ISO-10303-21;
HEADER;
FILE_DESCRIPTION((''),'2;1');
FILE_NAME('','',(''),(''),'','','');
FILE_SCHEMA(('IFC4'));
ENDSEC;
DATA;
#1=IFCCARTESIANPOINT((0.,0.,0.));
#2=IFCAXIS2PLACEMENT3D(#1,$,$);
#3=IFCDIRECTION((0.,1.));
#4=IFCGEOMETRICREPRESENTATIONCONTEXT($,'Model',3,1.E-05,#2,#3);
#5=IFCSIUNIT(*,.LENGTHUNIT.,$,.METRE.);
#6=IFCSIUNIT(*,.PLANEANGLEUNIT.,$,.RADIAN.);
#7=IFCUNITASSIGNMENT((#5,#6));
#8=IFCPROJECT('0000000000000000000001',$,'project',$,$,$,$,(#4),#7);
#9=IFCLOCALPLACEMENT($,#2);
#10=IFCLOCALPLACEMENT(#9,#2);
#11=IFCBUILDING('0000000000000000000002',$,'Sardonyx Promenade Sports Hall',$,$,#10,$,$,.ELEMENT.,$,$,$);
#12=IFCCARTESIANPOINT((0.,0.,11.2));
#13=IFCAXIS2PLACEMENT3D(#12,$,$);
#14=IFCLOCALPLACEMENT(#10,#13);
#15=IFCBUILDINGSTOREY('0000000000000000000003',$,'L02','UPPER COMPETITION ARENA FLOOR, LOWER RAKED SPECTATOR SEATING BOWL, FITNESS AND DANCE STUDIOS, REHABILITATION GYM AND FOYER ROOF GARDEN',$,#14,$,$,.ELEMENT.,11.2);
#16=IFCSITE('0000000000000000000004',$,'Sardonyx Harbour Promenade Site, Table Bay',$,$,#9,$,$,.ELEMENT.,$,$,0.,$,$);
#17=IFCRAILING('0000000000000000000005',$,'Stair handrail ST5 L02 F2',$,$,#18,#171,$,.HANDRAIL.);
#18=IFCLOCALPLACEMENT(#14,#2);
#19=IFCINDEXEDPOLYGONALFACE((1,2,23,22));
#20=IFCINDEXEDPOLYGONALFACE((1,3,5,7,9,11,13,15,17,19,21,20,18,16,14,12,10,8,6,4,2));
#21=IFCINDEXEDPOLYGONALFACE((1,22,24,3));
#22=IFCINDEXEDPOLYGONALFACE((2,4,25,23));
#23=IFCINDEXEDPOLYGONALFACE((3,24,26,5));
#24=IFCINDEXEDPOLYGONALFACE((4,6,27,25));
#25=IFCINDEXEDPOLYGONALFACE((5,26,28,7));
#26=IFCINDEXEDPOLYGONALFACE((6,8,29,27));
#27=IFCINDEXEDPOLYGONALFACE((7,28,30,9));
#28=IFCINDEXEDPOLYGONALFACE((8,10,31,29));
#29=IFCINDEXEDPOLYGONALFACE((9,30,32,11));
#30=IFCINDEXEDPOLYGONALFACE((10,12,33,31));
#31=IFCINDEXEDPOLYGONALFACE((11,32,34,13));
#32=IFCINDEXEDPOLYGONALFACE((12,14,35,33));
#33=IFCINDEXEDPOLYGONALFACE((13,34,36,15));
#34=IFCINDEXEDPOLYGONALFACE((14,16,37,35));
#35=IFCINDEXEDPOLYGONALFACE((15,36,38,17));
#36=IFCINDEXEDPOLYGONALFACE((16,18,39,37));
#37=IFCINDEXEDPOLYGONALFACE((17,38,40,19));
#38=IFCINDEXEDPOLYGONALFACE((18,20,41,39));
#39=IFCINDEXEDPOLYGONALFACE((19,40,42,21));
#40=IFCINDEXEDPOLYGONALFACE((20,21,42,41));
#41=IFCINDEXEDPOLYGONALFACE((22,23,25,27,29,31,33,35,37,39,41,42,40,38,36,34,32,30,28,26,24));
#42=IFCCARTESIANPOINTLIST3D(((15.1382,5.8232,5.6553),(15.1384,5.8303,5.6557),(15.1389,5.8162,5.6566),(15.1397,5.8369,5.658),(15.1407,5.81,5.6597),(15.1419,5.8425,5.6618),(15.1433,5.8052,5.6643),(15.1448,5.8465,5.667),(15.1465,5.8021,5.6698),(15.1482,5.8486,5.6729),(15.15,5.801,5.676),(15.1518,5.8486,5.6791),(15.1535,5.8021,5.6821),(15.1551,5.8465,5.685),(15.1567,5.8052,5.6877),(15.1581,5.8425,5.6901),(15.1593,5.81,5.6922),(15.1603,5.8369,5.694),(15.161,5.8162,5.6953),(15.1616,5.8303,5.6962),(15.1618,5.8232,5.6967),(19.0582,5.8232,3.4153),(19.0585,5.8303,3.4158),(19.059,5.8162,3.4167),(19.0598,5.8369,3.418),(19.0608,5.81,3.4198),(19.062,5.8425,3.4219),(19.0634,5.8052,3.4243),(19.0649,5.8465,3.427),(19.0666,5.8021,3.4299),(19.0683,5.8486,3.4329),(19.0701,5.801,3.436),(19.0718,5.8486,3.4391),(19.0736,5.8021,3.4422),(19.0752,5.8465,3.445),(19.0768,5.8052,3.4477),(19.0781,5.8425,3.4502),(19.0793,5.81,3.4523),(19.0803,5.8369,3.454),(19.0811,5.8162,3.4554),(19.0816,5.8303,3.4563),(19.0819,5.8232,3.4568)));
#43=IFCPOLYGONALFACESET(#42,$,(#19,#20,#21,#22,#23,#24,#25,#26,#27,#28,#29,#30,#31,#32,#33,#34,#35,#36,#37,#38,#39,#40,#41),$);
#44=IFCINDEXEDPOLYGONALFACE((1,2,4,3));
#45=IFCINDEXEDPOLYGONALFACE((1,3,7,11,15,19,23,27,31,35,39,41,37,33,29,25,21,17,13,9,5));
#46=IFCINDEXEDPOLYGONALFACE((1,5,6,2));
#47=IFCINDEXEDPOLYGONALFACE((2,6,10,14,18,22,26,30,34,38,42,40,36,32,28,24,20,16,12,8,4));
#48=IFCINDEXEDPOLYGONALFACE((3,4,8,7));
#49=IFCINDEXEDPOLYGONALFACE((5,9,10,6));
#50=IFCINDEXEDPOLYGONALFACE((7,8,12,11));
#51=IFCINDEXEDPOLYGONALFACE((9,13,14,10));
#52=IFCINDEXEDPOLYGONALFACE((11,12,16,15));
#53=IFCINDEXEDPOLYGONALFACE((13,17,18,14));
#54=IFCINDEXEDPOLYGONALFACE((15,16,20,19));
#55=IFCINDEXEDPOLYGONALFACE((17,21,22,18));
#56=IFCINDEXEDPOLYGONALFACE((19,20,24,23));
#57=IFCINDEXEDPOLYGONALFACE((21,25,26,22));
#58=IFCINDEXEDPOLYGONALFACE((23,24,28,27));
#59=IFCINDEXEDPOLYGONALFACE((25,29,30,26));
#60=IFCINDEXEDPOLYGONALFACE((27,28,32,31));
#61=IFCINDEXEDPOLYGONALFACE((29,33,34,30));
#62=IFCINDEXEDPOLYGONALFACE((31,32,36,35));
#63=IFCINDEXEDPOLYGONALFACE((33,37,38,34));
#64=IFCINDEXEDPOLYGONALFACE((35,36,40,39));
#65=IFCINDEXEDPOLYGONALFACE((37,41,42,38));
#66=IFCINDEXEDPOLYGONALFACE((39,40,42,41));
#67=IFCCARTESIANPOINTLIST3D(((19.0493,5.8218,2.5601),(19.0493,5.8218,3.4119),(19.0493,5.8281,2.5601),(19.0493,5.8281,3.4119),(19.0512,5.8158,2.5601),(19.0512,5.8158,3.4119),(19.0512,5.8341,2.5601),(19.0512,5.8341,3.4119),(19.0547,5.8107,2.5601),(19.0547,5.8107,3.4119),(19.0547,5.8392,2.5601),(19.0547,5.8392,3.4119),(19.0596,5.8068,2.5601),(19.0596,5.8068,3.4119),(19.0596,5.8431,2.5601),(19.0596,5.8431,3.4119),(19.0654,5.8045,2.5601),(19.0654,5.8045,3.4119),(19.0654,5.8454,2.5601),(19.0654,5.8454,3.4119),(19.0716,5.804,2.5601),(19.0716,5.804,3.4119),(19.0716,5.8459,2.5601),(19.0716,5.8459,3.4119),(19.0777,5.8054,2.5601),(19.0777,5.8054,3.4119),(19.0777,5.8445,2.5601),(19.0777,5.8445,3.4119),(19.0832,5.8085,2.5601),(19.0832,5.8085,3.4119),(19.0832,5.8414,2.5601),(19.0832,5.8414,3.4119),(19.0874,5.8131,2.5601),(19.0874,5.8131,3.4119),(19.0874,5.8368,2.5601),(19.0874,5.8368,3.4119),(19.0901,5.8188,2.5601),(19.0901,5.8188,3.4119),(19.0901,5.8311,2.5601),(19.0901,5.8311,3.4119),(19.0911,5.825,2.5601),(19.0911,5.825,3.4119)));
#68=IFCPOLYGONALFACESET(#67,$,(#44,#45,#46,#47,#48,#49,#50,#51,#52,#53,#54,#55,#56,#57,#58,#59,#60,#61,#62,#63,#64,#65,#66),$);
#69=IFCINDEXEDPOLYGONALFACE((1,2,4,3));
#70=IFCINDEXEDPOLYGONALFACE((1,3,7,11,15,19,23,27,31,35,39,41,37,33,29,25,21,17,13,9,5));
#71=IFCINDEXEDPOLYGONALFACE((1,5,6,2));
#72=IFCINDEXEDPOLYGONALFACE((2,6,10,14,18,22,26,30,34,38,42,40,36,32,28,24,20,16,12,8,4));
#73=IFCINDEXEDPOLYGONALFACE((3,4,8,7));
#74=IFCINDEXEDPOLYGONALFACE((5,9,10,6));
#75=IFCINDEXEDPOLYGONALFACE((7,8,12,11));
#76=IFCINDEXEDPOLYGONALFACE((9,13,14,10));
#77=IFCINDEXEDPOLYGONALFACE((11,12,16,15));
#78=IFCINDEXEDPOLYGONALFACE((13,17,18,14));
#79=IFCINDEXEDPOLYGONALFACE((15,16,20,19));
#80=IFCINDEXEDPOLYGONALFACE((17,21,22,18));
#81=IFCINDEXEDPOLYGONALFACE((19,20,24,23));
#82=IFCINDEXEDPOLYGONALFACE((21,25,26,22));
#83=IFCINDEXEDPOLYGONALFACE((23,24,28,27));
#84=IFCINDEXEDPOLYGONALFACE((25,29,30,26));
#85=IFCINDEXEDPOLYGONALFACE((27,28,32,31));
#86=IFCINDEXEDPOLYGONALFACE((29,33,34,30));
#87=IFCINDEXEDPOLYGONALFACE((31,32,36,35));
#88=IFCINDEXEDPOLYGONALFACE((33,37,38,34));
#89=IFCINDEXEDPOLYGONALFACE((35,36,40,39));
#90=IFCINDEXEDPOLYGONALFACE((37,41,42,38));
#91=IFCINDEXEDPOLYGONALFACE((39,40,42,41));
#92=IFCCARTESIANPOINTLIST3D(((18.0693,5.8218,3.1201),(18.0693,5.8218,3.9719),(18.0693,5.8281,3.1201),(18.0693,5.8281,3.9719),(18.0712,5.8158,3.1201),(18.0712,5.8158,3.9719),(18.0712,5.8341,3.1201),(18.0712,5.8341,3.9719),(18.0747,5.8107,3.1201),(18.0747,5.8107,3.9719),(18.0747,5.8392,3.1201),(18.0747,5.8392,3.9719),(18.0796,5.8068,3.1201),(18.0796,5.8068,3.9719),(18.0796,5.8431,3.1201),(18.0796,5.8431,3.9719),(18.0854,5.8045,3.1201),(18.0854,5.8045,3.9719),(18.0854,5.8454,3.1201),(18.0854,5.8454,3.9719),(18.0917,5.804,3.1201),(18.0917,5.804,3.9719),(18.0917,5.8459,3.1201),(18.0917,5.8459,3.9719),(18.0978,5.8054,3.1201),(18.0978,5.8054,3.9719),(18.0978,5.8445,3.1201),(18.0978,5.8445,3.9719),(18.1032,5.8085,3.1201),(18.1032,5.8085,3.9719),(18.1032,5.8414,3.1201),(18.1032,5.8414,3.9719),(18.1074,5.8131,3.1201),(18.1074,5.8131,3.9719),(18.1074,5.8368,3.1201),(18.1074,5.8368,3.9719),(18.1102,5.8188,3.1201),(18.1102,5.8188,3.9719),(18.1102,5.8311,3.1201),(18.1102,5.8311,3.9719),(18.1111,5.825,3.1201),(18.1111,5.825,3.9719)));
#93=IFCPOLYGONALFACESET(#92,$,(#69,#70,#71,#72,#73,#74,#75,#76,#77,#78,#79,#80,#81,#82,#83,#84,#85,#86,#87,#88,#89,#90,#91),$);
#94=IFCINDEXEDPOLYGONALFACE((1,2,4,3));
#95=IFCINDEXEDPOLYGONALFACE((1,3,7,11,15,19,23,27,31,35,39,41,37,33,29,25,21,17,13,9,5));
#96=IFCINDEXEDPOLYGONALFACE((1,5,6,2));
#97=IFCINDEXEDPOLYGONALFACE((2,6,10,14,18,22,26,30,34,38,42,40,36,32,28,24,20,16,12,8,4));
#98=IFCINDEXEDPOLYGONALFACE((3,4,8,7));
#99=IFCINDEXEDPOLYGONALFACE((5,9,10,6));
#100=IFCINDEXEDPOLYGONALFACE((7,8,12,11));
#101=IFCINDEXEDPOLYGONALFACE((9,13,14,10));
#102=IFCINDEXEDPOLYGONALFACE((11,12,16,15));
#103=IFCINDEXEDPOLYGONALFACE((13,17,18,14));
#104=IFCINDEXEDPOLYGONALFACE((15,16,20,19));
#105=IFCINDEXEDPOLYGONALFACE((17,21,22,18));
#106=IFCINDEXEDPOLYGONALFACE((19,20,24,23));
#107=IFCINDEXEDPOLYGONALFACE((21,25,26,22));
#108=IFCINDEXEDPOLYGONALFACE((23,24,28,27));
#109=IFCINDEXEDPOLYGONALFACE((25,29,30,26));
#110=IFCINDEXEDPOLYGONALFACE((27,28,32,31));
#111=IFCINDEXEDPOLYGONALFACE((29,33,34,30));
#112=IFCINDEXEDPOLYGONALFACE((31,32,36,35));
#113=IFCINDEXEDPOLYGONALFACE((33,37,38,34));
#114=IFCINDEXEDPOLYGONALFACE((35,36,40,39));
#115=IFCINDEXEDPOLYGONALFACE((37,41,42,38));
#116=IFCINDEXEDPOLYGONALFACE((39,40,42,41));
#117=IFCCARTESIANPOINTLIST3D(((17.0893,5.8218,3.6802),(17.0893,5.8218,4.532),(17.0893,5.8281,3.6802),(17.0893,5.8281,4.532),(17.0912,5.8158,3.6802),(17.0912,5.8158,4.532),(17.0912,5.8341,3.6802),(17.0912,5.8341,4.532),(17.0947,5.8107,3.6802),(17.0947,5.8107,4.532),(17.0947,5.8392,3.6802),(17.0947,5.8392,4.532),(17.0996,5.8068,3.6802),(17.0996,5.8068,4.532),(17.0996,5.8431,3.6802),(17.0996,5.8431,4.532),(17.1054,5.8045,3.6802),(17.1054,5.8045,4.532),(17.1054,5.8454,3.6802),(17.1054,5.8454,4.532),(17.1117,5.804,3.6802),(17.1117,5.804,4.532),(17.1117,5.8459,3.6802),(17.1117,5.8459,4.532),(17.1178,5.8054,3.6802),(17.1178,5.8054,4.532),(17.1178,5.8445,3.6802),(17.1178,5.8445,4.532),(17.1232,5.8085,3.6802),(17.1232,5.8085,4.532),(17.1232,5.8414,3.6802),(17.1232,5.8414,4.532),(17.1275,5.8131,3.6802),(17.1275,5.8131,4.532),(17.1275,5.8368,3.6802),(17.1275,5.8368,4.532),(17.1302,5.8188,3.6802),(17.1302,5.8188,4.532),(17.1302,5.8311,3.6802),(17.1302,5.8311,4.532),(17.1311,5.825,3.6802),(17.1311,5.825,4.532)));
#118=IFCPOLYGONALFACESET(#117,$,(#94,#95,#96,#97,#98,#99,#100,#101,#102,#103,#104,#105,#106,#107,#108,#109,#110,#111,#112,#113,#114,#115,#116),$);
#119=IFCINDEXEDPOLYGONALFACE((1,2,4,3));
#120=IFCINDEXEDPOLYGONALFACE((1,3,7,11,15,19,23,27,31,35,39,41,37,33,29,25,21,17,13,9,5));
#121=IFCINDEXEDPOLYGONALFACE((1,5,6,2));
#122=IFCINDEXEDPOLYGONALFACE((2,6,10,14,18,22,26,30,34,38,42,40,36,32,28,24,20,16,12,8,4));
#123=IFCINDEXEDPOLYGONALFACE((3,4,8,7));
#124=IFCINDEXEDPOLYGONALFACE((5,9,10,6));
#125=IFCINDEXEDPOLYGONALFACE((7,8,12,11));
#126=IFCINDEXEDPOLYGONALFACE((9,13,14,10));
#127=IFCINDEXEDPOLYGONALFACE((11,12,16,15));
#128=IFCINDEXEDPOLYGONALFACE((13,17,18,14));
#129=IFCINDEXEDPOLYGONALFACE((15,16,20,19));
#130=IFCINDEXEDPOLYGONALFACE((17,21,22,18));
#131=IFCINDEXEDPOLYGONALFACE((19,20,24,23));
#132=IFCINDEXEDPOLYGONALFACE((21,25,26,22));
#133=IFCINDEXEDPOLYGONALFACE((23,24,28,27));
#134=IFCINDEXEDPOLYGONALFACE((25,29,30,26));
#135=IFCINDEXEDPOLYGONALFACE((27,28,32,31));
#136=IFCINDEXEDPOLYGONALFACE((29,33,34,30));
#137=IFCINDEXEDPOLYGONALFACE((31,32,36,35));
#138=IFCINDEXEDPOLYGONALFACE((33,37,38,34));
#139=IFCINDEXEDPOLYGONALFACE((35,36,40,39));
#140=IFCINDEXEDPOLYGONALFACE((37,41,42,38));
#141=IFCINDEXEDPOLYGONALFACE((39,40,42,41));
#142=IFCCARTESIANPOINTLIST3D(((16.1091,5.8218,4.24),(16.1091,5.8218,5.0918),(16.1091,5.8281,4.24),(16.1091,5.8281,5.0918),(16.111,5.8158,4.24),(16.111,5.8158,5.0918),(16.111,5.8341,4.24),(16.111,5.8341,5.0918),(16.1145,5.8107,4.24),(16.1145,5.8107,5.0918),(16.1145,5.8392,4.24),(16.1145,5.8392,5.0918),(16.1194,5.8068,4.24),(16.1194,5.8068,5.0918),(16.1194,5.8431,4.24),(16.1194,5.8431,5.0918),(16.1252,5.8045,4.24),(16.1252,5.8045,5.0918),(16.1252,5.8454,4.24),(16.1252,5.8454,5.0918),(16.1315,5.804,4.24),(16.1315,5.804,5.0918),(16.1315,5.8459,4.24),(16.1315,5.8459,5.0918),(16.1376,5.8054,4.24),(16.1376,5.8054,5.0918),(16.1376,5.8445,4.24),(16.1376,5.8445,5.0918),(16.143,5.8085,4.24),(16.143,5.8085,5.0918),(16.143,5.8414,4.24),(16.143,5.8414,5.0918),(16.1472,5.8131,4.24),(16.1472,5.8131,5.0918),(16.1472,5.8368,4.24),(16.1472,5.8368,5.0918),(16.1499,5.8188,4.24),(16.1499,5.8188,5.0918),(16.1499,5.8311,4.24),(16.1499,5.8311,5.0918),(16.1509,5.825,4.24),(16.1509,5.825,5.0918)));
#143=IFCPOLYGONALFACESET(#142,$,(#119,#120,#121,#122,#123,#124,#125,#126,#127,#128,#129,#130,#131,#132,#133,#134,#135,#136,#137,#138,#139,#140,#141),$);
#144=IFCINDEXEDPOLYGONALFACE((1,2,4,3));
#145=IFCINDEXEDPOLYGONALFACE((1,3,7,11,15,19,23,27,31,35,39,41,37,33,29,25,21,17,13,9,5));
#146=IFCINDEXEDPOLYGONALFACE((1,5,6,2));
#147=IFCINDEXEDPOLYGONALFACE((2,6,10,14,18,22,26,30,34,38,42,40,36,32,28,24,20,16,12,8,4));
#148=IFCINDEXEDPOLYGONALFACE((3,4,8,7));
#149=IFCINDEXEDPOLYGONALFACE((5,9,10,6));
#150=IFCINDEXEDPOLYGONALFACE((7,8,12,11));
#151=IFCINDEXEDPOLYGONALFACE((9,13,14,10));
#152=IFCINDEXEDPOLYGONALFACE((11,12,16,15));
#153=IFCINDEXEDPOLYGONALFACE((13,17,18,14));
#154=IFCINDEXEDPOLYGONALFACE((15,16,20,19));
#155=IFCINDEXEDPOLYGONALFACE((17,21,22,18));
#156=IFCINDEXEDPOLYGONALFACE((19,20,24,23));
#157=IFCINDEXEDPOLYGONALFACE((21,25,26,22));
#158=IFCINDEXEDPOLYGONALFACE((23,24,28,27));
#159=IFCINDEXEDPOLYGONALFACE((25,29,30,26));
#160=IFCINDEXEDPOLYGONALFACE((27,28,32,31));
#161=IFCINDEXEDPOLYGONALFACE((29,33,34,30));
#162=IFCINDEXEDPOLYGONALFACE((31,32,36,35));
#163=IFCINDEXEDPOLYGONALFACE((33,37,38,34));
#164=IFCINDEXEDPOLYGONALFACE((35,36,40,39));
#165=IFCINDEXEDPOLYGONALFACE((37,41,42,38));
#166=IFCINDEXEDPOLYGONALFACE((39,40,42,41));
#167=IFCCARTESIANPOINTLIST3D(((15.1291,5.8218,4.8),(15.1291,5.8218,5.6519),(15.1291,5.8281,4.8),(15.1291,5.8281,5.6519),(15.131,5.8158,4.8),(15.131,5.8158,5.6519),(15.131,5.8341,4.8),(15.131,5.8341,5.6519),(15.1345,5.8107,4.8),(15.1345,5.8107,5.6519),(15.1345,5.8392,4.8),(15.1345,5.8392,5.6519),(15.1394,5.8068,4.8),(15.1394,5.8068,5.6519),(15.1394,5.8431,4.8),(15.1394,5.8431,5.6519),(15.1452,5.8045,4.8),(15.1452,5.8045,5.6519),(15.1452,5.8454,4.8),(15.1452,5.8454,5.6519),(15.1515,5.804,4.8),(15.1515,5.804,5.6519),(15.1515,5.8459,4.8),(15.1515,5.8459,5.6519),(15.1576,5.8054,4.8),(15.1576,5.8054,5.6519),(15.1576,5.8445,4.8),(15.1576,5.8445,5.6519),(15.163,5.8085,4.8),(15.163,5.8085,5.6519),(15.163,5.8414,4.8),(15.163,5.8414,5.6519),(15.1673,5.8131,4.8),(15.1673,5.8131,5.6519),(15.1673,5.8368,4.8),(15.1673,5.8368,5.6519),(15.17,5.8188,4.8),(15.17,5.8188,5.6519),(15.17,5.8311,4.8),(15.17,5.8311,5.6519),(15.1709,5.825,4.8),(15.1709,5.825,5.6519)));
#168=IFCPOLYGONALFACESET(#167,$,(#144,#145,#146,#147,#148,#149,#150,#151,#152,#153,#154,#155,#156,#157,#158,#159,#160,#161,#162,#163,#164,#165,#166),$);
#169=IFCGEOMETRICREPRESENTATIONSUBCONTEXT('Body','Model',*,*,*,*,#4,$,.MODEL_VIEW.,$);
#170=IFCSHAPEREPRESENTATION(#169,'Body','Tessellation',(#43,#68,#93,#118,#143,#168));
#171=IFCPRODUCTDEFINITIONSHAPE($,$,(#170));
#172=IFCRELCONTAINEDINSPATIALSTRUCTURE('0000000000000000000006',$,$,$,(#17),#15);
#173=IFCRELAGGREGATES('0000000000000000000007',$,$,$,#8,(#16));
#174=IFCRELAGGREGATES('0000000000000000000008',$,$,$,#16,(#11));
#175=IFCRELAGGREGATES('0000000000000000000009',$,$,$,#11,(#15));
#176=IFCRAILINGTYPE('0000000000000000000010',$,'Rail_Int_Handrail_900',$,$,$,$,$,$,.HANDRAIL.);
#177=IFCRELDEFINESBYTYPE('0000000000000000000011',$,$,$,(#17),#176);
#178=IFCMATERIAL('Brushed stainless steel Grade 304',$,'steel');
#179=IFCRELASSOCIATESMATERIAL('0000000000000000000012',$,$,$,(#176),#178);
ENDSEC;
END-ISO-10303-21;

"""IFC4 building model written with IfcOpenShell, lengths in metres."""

from ifc_helpers import new_model, si_unit, direction, frame, origin, origin_2d, place, context, subcontext, project, spatial, circle, extrude, material, type_object, element, save


model = new_model("IFC4")

# Units and contexts
model_context = context("Model", 3, precision=1e-05, world=origin(), true_north=direction((0.0, 1.0)))
body_context = subcontext(model_context, "Body", "Model", "MODEL_VIEW")
ifc_project = project(units=[si_unit("LENGTHUNIT", "METRE"), si_unit("PLANEANGLEUNIT", "RADIAN")], contexts=[model_context])

# Site, building, storey
site_placement = place(None, origin())
site = spatial("IfcSite", under=ifc_project, at=site_placement, Name="Sardonyx Harbour Promenade Site, Table Bay", CompositionType="ELEMENT", RefElevation=0.0)
building_placement = place(site_placement, origin())
building = spatial("IfcBuilding", under=site, at=building_placement, Name="Sardonyx Promenade Sports Hall", CompositionType="ELEMENT")
storey_placement = place(building_placement, frame((0.0, 0.0, 11.2)))
storey = spatial("IfcBuildingStorey", under=building, at=storey_placement, Name="L02", Description="UPPER COMPETITION ARENA FLOOR, LOWER RAKED SPECTATOR SEATING BOWL, FITNESS AND DANCE STUDIOS, REHABILITATION GYM AND FOYER ROOF GARDEN", CompositionType="ELEMENT", Elevation=11.2)

# Railing
ifc_material_1 = material(Name="Brushed stainless steel Grade 304", Category="steel")
railing_type_1 = type_object("IfcRailingType", Name="Rail_Int_Handrail_900", PredefinedType="HANDRAIL", material=ifc_material_1)
railing_1_placement = place(storey_placement, frame((19.0701, 5.825, 2.5601)))
element("IfcRailing", 1, at=railing_1_placement, inside=storey, type_object=railing_type_1, Name="Stair handrail ST5 L02 F2", PredefinedType="HANDRAIL", context=body_context, shape_type="SweptSolid", body=[
    extrude(circle(Radius=0.0239, at=origin_2d()), frame((0.0, 0.0, 0.876), z_axis=(-0.868253, 0.0, 0.496121), x_axis=(0.0, -1.0, 0.0)), (0.0, 0.0, 1.0), 4.5149),
    extrude(circle(Radius=0.021, at=origin_2d()), origin(), (0.0, 0.0, 1.0), 0.8518),
    extrude(circle(Radius=0.021, at=origin_2d()), frame((-0.98, 0.0, 0.5601)), (0.0, 0.0, 1.0), 0.8518),
    extrude(circle(Radius=0.021, at=origin_2d()), frame((-1.96, 0.0, 1.1201)), (0.0, 0.0, 1.0), 0.8518),
    extrude(circle(Radius=0.021, at=origin_2d()), frame((-2.9402, 0.0, 1.6799)), (0.0, 0.0, 1.0), 0.8518),
    extrude(circle(Radius=0.021, at=origin_2d()), frame((-3.9202, 0.0, 2.24)), (0.0, 0.0, 1.0), 0.8518),
])

save(model, "model.ifc")
